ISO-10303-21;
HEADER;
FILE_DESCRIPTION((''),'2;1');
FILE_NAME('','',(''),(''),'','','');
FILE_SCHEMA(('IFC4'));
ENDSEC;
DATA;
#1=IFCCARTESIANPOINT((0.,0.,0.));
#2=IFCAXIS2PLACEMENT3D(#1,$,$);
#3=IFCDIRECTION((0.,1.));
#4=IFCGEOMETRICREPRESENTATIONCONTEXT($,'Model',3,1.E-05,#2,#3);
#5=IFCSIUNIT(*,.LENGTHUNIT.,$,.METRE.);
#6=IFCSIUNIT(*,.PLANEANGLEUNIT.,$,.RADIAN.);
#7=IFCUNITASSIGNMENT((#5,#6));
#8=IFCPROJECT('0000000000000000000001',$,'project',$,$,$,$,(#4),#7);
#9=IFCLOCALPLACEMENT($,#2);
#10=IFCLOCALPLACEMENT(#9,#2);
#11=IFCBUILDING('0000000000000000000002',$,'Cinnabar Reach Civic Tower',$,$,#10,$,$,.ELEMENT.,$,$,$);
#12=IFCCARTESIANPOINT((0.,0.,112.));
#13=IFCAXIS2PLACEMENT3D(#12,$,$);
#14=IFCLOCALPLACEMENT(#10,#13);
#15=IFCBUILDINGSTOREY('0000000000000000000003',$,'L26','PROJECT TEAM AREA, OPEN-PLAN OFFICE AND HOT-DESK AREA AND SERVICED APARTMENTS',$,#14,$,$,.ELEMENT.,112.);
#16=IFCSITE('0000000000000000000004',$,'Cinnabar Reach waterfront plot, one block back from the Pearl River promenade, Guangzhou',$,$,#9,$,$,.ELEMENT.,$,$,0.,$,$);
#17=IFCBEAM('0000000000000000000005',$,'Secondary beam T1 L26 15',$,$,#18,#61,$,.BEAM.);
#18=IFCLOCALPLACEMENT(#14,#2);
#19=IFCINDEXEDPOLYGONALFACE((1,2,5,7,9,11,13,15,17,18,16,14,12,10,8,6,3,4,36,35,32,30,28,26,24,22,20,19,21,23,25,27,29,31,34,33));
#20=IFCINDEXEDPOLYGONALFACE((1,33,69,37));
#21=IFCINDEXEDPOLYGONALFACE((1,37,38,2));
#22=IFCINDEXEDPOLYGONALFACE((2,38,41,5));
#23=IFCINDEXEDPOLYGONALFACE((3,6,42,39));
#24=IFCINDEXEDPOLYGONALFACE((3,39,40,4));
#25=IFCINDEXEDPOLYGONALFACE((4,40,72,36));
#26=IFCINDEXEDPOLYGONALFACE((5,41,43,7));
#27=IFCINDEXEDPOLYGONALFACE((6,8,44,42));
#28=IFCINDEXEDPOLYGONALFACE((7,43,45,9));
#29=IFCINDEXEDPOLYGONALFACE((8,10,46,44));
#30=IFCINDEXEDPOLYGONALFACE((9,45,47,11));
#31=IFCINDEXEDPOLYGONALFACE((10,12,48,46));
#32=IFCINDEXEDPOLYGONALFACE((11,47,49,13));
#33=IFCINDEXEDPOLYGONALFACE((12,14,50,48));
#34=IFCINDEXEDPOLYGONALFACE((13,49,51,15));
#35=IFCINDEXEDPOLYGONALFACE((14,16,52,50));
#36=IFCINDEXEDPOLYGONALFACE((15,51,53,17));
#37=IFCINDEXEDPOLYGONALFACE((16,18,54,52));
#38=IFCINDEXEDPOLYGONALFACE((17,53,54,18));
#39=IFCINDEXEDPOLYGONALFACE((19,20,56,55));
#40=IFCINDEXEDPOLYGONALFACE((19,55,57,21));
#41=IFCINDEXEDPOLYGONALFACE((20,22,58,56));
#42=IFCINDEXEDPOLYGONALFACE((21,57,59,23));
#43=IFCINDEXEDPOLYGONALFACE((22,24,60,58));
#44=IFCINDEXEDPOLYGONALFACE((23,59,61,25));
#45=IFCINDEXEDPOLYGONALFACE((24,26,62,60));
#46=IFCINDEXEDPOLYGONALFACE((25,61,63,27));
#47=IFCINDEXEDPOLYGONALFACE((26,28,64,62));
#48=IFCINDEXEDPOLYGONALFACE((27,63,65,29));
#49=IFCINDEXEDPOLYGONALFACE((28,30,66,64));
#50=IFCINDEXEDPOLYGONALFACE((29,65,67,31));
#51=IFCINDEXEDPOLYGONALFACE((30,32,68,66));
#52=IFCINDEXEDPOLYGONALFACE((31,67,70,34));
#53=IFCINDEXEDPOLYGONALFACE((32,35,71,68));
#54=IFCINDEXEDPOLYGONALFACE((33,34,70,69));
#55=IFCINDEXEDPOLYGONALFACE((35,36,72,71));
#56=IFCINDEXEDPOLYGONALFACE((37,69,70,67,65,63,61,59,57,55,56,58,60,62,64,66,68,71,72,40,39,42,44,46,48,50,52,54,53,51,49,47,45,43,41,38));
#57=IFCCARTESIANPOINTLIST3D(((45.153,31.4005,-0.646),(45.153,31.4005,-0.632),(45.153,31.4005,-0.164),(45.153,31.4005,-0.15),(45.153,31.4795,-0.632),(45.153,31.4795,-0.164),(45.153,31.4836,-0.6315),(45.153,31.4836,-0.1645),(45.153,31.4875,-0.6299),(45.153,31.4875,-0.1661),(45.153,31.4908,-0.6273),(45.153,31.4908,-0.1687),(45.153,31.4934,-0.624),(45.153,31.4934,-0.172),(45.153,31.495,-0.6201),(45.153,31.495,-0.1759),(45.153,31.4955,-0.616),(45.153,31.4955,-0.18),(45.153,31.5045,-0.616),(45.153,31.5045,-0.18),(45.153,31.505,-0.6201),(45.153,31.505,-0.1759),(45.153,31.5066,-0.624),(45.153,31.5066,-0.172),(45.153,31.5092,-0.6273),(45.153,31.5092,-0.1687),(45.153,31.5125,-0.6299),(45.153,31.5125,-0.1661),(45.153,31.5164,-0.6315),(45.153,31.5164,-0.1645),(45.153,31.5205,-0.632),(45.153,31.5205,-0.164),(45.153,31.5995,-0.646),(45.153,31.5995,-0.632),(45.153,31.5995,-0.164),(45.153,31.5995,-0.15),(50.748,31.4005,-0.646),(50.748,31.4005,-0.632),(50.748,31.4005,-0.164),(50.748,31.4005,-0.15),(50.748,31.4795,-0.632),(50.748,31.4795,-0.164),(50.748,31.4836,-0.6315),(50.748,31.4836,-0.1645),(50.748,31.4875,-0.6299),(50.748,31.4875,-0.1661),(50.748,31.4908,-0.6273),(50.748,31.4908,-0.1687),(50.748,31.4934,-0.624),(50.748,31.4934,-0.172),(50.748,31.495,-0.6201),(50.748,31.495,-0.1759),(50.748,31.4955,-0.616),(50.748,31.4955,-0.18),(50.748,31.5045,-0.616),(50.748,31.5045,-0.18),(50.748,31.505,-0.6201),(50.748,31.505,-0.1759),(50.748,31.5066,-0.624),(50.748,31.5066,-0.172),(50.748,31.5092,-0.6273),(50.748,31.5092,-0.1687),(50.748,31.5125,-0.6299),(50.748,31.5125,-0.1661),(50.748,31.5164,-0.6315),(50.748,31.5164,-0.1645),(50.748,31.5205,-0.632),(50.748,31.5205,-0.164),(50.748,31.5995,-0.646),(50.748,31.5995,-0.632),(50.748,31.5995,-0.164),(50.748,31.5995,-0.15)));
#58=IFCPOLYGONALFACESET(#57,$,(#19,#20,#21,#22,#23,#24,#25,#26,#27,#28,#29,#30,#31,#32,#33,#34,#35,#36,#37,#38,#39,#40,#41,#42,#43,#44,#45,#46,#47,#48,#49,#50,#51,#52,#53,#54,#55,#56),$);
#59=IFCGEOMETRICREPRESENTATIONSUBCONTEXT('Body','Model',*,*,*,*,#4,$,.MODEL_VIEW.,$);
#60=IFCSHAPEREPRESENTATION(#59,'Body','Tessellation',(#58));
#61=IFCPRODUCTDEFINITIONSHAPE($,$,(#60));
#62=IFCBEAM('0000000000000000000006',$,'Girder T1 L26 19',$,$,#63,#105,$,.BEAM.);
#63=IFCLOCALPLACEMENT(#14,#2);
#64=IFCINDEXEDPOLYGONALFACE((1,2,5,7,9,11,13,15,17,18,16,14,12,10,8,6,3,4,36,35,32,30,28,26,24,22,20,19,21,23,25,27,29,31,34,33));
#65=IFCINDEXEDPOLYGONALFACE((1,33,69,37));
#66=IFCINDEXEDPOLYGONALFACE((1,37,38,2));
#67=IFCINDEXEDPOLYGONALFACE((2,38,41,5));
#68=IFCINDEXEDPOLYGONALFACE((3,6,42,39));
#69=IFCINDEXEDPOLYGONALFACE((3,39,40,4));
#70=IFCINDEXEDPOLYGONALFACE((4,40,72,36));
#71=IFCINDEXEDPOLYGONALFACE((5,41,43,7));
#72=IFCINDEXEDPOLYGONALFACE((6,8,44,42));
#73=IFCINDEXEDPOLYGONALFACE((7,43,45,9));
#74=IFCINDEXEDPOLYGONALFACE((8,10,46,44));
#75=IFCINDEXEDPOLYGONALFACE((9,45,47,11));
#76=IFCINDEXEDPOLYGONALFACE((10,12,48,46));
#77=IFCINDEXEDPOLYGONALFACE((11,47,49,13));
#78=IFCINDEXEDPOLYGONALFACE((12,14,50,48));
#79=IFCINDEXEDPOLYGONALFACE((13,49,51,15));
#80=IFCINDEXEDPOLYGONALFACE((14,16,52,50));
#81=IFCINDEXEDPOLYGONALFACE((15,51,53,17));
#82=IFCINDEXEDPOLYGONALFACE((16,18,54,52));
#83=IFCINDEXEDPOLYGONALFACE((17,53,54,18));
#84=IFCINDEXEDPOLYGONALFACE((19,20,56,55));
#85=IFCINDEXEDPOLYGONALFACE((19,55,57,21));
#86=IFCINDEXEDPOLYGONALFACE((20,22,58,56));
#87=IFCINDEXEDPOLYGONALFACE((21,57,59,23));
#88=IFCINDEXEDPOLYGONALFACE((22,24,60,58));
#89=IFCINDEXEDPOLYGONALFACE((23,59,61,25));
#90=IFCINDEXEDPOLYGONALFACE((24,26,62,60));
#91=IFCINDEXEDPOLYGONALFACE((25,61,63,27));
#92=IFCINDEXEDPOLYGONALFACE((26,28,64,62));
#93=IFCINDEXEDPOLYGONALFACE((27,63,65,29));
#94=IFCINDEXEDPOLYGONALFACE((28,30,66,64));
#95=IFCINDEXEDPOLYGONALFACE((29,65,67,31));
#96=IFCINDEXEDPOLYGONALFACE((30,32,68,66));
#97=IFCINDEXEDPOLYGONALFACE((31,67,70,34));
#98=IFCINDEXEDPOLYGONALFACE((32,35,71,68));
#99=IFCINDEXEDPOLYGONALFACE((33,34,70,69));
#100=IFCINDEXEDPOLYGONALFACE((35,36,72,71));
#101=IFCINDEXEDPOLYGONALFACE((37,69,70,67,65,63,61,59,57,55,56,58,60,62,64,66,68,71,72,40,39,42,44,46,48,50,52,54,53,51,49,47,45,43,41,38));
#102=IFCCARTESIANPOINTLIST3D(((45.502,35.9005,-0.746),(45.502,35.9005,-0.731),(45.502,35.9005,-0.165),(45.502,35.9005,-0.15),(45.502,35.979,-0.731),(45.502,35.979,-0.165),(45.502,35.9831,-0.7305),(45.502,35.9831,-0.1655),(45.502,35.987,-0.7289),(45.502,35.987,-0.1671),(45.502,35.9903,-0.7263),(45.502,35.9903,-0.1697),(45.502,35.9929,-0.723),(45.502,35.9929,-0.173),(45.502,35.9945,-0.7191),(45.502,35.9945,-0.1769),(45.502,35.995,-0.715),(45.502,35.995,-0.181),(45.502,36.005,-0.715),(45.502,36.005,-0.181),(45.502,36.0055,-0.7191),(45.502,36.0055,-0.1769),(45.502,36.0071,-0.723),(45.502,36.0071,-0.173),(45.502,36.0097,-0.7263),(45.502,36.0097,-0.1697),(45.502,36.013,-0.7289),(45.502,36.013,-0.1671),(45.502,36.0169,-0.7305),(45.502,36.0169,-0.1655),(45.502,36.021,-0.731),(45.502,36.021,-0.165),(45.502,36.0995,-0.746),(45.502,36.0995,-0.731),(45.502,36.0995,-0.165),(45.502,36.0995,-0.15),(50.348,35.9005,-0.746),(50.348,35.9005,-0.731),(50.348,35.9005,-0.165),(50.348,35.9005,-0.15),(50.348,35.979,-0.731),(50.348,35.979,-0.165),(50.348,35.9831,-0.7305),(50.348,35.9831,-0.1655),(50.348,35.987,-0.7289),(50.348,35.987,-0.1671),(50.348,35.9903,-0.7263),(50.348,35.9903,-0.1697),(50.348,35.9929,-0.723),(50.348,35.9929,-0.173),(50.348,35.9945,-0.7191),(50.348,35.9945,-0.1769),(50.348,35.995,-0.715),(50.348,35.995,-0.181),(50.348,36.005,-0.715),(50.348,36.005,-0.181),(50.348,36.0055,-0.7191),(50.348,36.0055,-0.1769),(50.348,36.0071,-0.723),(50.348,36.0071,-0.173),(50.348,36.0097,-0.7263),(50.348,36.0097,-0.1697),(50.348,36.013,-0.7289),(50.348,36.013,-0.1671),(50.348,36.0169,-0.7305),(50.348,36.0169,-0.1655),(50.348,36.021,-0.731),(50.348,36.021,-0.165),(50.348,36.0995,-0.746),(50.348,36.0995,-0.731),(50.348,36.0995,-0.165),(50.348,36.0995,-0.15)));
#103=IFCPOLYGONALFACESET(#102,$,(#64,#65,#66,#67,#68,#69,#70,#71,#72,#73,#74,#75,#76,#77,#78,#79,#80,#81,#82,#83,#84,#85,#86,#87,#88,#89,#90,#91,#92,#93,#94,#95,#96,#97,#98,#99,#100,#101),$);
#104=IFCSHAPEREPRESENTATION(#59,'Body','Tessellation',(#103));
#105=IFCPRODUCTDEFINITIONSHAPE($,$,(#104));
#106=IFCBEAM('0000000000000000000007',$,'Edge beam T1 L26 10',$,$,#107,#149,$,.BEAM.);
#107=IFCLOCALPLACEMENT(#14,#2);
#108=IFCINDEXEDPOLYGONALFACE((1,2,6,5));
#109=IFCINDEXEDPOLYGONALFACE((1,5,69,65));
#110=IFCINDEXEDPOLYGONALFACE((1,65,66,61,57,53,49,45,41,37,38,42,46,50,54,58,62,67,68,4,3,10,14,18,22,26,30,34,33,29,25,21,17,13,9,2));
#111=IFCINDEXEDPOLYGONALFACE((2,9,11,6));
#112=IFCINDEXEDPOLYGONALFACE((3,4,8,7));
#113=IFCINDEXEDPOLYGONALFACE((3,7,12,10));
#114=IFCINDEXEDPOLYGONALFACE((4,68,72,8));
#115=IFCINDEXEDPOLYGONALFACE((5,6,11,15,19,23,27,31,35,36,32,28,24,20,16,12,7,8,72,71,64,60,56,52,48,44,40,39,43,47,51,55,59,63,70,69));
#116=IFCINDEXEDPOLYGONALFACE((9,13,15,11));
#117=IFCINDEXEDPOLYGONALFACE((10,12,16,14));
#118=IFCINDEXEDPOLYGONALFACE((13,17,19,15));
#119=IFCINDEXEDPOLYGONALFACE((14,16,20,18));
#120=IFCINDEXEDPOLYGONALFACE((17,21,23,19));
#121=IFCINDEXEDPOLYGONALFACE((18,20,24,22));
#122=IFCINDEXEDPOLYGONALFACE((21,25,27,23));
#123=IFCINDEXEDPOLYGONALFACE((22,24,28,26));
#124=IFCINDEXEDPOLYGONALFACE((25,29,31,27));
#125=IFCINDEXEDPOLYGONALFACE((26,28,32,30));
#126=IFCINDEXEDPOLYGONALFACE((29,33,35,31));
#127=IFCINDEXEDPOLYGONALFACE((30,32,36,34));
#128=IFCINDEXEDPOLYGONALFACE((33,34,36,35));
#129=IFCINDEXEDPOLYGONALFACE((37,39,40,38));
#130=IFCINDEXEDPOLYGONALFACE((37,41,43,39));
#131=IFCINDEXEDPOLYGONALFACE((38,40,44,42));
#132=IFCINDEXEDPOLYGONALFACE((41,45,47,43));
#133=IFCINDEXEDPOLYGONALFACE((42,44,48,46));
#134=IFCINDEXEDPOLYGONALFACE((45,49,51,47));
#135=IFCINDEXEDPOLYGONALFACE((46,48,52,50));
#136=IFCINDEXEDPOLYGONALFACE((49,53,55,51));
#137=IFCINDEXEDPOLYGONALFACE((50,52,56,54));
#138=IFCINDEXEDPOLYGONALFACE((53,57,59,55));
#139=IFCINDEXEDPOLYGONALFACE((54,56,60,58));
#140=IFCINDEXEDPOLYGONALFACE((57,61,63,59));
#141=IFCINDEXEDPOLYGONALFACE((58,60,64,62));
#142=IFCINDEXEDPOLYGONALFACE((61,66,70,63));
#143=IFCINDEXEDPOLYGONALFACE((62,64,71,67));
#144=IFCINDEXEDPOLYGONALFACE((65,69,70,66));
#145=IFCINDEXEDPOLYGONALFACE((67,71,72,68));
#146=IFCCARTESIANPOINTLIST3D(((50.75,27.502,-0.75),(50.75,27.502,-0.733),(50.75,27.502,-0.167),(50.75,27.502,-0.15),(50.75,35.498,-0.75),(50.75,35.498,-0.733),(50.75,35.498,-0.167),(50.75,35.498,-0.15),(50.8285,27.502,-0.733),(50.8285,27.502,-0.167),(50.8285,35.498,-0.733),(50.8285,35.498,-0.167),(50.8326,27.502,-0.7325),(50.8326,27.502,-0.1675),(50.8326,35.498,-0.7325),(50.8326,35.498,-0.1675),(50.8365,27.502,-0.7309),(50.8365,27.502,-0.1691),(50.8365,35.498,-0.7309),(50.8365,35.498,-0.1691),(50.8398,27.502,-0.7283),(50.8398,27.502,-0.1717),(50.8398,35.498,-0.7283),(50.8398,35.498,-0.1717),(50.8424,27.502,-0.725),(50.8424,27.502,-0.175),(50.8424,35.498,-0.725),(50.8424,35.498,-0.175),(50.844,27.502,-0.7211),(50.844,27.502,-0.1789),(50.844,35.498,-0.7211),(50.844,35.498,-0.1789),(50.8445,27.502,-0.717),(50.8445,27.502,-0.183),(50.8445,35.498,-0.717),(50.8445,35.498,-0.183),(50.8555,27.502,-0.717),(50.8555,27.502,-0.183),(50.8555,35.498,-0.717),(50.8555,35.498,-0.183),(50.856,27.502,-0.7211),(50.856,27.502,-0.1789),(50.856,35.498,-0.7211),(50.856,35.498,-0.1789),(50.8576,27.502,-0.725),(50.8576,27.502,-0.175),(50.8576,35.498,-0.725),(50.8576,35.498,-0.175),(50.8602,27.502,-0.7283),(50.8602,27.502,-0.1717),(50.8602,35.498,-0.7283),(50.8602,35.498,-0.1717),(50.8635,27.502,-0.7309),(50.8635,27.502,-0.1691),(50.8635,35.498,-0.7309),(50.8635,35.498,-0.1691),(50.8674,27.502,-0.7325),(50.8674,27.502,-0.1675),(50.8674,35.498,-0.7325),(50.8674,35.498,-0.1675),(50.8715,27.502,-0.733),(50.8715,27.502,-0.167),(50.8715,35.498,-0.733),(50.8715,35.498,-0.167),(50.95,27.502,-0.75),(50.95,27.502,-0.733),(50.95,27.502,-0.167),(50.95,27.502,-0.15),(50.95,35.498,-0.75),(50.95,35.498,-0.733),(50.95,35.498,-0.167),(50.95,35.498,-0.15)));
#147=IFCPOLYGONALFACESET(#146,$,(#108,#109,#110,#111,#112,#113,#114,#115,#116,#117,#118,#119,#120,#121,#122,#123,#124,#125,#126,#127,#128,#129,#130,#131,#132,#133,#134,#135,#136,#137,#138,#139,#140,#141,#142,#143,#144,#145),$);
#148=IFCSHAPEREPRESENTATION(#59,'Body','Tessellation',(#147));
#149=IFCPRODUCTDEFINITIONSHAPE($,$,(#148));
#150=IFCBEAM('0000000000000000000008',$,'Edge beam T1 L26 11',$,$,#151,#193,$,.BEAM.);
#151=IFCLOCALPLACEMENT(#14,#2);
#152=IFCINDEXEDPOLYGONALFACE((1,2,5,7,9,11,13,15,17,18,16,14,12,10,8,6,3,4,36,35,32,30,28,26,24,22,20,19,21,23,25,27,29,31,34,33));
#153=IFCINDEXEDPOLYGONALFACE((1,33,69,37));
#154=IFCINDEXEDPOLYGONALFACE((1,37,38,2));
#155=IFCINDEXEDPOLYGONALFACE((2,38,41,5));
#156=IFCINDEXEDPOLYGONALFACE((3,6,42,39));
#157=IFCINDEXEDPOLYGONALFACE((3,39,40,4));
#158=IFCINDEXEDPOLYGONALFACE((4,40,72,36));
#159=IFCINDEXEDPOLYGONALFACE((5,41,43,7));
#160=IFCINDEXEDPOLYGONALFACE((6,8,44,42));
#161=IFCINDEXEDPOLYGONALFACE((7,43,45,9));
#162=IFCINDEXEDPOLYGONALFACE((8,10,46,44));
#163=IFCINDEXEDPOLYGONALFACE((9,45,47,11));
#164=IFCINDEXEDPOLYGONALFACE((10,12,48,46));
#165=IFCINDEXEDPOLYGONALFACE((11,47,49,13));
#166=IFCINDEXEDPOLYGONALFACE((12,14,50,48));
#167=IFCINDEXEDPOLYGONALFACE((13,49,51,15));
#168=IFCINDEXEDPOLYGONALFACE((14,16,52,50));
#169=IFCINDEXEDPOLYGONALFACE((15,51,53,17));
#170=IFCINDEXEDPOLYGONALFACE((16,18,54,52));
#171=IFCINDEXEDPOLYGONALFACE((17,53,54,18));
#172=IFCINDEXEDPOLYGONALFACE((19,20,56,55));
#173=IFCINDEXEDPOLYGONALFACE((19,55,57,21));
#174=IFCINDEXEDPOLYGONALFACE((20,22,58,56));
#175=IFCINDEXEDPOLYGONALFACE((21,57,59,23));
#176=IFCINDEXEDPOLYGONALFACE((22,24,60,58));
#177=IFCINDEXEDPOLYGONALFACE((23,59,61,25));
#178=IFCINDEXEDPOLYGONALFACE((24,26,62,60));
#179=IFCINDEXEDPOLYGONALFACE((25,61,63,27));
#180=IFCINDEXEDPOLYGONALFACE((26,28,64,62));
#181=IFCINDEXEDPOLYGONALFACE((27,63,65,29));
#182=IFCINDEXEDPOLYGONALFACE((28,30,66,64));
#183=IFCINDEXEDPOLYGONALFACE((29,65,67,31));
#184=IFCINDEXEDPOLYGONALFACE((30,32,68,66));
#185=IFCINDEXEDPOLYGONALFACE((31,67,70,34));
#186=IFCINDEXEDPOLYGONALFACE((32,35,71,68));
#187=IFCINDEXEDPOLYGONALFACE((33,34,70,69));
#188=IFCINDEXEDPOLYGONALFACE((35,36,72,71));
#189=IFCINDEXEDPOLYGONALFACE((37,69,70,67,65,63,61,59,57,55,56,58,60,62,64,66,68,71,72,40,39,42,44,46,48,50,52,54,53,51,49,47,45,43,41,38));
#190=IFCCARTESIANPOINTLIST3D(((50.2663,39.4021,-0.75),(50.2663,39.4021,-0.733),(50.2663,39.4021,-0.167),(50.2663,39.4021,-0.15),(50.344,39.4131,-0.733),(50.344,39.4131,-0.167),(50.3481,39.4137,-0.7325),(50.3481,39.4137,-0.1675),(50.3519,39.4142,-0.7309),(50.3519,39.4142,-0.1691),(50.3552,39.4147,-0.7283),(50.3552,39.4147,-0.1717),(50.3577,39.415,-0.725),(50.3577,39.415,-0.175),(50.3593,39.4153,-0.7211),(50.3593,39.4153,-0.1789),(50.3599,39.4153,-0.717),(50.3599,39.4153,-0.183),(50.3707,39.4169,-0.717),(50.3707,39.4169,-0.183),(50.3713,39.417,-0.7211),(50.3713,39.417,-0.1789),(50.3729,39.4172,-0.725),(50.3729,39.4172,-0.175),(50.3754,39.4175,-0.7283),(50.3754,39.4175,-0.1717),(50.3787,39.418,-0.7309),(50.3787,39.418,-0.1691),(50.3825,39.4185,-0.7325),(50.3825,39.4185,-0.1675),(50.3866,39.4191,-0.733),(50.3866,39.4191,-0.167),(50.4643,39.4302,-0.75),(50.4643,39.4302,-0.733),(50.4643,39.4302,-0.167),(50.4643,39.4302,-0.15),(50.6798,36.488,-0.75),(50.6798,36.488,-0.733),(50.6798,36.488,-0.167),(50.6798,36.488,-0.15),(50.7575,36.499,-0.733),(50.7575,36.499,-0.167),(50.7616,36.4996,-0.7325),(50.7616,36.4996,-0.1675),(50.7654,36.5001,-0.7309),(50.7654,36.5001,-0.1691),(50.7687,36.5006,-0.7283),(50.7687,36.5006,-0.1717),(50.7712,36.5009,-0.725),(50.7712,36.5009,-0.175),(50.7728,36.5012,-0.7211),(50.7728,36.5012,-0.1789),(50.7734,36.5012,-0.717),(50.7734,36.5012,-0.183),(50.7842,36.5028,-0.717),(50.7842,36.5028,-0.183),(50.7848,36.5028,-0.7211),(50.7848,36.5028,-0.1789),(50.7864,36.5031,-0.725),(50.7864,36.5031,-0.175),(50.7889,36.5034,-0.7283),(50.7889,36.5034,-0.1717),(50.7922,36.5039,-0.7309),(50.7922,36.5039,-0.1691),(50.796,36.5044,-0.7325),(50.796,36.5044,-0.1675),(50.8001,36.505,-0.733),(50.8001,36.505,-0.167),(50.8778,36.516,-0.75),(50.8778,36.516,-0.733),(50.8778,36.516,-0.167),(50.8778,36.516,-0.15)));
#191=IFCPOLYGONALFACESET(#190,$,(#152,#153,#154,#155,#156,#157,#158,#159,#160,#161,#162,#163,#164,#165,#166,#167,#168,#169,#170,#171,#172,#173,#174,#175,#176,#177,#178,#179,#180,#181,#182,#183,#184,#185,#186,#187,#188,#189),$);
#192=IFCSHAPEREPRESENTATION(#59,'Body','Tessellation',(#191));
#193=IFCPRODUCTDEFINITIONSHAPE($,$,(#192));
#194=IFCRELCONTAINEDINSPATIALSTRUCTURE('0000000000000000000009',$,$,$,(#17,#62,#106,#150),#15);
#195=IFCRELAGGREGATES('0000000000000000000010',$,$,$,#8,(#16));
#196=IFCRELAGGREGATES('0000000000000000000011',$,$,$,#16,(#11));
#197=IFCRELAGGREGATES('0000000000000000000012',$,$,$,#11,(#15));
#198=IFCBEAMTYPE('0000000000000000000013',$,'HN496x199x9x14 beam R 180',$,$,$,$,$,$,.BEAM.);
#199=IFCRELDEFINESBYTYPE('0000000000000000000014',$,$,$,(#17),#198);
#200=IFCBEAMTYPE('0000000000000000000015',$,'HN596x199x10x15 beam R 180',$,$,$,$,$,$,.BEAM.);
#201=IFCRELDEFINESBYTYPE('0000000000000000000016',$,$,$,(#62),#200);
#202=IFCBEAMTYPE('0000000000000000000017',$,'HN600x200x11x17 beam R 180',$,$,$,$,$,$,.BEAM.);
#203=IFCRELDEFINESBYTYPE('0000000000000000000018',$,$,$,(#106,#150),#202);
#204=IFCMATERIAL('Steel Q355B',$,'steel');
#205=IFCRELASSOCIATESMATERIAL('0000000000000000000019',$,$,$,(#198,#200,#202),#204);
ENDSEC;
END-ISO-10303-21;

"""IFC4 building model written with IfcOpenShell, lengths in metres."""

from ifc_helpers import new_model, si_unit, direction, frame, origin, origin_2d, place, context, subcontext, project, spatial, i_section, extrude, material, material_profile, profile_set, type_object, element, save


model = new_model("IFC4")

# Units and contexts
model_context = context("Model", 3, precision=1e-05, world=origin(), true_north=direction((0.0, 1.0)))
body_context = subcontext(model_context, "Body", "Model", "MODEL_VIEW")
ifc_project = project(units=[si_unit("LENGTHUNIT", "METRE"), si_unit("PLANEANGLEUNIT", "RADIAN")], contexts=[model_context])

# Site, building, storey
site_placement = place(None, origin())
site = spatial("IfcSite", under=ifc_project, at=site_placement, Name="Cinnabar Reach waterfront plot, one block back from the Pearl River promenade, Guangzhou", CompositionType="ELEMENT", RefElevation=0.0)
building_placement = place(site_placement, origin())
building = spatial("IfcBuilding", under=site, at=building_placement, Name="Cinnabar Reach Civic Tower", CompositionType="ELEMENT")
storey_placement = place(building_placement, frame((0.0, 0.0, 112.0)))
storey = spatial("IfcBuildingStorey", under=building, at=storey_placement, Name="L26", Description="PROJECT TEAM AREA, OPEN-PLAN OFFICE AND HOT-DESK AREA AND SERVICED APARTMENTS", CompositionType="ELEMENT", Elevation=112.0)

# Beams
ifc_material_1 = material(Name="Steel Q355B", Category="steel")
ifc_material_profile_1 = material_profile(ifc_material_1, i_section(OverallWidth=0.199, OverallDepth=0.496, WebThickness=0.009, FlangeThickness=0.014, FilletRadius=0.016, at=origin_2d()), Name="HN496x199x9x14")
ifc_profile_set_1 = profile_set([ifc_material_profile_1], Name="Steel Q355B")
beam_type_1 = type_object("IfcBeamType", Name="HN496x199x9x14 beam R 180", PredefinedType="BEAM", material=ifc_profile_set_1)
beam_1_placement = place(storey_placement, frame((45.153, 31.5, -0.398), z_axis=(1.0, 0.0, 0.0), x_axis=(0.0, 1.0, 0.0)))
element("IfcBeam", 1, at=beam_1_placement, inside=storey, type_object=beam_type_1, Name="Secondary beam T1 L26 15", PredefinedType="BEAM", context=body_context, shape_type="SweptSolid", body=[
    extrude(i_section(OverallWidth=0.199, OverallDepth=0.496, WebThickness=0.009, FlangeThickness=0.014, FilletRadius=0.016, at=origin_2d()), origin(), (0.0, 0.0, 1.0), 5.595),
])
ifc_material_profile_2 = material_profile(ifc_material_1, i_section(OverallWidth=0.199, OverallDepth=0.596, WebThickness=0.01, FlangeThickness=0.015, FilletRadius=0.016, at=origin_2d()), Name="HN596x199x10x15")
ifc_profile_set_2 = profile_set([ifc_material_profile_2], Name="Steel Q355B")
beam_type_2 = type_object("IfcBeamType", Name="HN596x199x10x15 beam R 180", PredefinedType="BEAM", material=ifc_profile_set_2)
beam_2_placement = place(storey_placement, frame((45.502, 36.0, -0.448), z_axis=(1.0, 0.0, 0.0), x_axis=(0.0, 1.0, 0.0)))
element("IfcBeam", 2, at=beam_2_placement, inside=storey, type_object=beam_type_2, Name="Girder T1 L26 19", PredefinedType="BEAM", context=body_context, shape_type="SweptSolid", body=[
    extrude(i_section(OverallWidth=0.199, OverallDepth=0.596, WebThickness=0.01, FlangeThickness=0.015, FilletRadius=0.016, at=origin_2d()), origin(), (0.0, 0.0, 1.0), 4.846),
])
ifc_material_profile_3 = material_profile(ifc_material_1, i_section(OverallWidth=0.2, OverallDepth=0.6, WebThickness=0.011, FlangeThickness=0.017, FilletRadius=0.016, at=origin_2d()), Name="HN600x200x11x17")
ifc_profile_set_3 = profile_set([ifc_material_profile_3], Name="Steel Q355B")
beam_type_3 = type_object("IfcBeamType", Name="HN600x200x11x17 beam R 180", PredefinedType="BEAM", material=ifc_profile_set_3)
beam_3_placement = place(storey_placement, frame((50.85, 27.502, -0.45), z_axis=(0.0, 1.0, 0.0), x_axis=(-1.0, 0.0, 0.0)))
element("IfcBeam", 3, at=beam_3_placement, inside=storey, type_object=beam_type_3, Name="Edge beam T1 L26 10", PredefinedType="BEAM", context=body_context, shape_type="SweptSolid", body=[
    extrude(i_section(OverallWidth=0.2, OverallDepth=0.6, WebThickness=0.011, FlangeThickness=0.017, FilletRadius=0.016, at=origin_2d()), origin(), (0.0, 0.0, 1.0), 7.996),
])
beam_4_placement = place(storey_placement, frame((50.7788, 36.502, -0.45), z_axis=(-0.140489, 0.990082, 0.0), x_axis=(-0.990082, -0.140489, 0.0)))
element("IfcBeam", 4, at=beam_4_placement, inside=storey, type_object=beam_type_3, Name="Edge beam T1 L26 11", PredefinedType="BEAM", context=body_context, shape_type="SweptSolid", body=[
    extrude(i_section(OverallWidth=0.2, OverallDepth=0.6, WebThickness=0.011, FlangeThickness=0.017, FilletRadius=0.016, at=origin_2d()), origin(), (0.0, 0.0, 1.0), 2.9433),
])

save(model, "model.ifc")
